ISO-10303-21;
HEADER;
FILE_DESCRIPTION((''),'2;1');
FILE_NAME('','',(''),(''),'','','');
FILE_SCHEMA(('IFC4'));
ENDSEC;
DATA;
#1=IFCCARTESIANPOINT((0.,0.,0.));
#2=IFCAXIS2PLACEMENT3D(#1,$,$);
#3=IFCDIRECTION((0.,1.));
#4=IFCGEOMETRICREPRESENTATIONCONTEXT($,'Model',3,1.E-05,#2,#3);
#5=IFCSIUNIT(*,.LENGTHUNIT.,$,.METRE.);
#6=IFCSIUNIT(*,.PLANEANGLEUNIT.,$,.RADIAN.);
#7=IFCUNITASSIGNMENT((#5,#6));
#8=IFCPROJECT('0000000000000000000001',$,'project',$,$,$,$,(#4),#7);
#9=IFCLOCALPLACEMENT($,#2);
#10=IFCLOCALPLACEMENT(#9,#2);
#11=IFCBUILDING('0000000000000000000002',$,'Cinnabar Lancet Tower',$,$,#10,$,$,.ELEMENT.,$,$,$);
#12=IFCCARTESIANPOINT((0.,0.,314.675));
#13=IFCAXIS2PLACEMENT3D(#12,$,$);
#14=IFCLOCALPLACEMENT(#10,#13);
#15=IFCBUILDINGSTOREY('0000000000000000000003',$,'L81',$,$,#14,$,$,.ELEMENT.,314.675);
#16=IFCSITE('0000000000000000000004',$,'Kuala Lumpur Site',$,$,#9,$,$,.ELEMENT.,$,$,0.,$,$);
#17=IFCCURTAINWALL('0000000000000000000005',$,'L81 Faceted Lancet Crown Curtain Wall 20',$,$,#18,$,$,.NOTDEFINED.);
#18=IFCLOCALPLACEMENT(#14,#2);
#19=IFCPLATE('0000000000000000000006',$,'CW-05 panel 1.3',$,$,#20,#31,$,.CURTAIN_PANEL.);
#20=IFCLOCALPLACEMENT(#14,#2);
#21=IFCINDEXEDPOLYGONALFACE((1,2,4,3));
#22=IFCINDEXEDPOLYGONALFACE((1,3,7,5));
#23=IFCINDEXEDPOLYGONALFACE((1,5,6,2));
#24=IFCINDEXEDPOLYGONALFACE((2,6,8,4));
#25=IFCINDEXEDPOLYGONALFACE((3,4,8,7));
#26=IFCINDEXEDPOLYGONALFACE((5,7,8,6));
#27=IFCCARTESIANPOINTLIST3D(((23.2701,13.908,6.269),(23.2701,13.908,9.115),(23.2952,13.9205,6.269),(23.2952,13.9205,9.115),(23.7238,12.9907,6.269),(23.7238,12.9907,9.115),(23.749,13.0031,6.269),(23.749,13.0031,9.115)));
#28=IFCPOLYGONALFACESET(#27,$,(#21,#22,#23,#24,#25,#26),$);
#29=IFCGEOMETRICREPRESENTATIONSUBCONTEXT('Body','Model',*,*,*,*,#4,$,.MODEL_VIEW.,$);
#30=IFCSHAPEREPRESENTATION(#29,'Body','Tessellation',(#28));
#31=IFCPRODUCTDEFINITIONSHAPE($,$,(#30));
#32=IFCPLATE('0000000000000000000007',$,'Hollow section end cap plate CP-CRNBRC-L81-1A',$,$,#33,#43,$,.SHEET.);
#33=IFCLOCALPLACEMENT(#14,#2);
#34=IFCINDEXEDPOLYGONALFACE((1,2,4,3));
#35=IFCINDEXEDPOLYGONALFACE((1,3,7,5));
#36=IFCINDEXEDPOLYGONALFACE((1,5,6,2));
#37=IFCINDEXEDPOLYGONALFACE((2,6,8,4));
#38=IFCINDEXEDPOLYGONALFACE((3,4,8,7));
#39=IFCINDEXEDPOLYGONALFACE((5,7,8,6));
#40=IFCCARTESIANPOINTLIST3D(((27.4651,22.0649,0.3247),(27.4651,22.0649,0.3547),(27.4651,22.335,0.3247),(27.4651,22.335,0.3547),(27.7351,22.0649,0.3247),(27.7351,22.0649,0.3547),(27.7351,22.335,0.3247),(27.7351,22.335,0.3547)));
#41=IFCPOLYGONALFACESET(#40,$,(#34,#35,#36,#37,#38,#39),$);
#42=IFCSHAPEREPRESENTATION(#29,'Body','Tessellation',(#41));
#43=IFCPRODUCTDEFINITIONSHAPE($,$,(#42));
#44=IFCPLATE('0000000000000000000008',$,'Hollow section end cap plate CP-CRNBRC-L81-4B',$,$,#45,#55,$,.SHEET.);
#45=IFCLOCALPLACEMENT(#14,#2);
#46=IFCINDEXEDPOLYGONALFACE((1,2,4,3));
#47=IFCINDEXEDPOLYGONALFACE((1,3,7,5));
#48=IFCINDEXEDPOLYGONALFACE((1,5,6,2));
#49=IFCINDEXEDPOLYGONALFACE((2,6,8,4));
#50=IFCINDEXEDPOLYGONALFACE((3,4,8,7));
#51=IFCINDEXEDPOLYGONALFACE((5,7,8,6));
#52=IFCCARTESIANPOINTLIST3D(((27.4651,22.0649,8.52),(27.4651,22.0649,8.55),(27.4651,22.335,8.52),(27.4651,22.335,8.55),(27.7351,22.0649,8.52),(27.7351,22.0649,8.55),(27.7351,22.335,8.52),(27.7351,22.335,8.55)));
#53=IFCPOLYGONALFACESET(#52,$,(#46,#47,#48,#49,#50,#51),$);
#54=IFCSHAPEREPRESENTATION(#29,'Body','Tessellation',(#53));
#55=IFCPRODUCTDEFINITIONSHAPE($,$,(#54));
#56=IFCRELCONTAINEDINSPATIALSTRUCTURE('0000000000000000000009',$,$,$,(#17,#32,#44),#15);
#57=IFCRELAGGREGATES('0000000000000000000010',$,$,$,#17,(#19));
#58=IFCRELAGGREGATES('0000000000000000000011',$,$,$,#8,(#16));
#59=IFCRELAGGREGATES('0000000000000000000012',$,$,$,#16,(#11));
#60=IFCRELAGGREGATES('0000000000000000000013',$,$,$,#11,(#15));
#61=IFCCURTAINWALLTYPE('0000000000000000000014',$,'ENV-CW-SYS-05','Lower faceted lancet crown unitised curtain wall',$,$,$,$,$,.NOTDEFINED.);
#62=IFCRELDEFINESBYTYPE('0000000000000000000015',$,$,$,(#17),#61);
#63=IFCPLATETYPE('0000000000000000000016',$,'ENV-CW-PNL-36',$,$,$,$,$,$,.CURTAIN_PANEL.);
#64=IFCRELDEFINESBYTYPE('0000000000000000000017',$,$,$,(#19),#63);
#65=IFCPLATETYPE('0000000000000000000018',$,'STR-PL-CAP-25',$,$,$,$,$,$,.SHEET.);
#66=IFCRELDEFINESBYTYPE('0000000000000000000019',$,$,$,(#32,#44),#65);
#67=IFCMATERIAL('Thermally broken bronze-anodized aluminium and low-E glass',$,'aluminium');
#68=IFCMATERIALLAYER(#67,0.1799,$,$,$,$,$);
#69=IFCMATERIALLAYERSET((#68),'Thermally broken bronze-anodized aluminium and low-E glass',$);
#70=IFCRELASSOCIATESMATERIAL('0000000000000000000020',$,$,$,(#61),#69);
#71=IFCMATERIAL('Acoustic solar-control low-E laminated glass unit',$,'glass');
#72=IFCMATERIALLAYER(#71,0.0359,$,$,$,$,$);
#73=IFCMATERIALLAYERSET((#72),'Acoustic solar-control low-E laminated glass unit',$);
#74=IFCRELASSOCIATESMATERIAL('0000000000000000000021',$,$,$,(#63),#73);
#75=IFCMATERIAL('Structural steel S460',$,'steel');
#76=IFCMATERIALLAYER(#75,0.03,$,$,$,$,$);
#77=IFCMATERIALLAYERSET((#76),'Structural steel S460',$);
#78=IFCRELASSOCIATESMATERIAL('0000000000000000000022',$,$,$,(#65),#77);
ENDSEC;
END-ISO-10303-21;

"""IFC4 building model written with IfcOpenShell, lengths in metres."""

from ifc_helpers import new_model, si_unit, direction, frame, origin, origin_2d, place, context, subcontext, project, spatial, rectangle, extrude, material, layer, layer_set, type_object, element, aggregate, save


model = new_model("IFC4")

# Units and contexts
model_context = context("Model", 3, precision=1e-05, world=origin(), true_north=direction((0.0, 1.0)))
body_context = subcontext(model_context, "Body", "Model", "MODEL_VIEW")
ifc_project = project(units=[si_unit("LENGTHUNIT", "METRE"), si_unit("PLANEANGLEUNIT", "RADIAN")], contexts=[model_context])

# Site, building, storey
site_placement = place(None, origin())
site = spatial("IfcSite", under=ifc_project, at=site_placement, Name="Kuala Lumpur Site", CompositionType="ELEMENT", RefElevation=0.0)
building_placement = place(site_placement, origin())
building = spatial("IfcBuilding", under=site, at=building_placement, Name="Cinnabar Lancet Tower", CompositionType="ELEMENT")
storey_placement = place(building_placement, frame((0.0, 0.0, 314.675)))
storey = spatial("IfcBuildingStorey", under=building, at=storey_placement, Name="L81", CompositionType="ELEMENT", Elevation=314.675)

# Curtain wall
ifc_material_1 = material(Name="Thermally broken bronze-anodized aluminium and low-E glass", Category="aluminium")
ifc_layer_1 = layer(ifc_material_1, 0.1799)
ifc_layer_set_1 = layer_set([ifc_layer_1], Name="Thermally broken bronze-anodized aluminium and low-E glass")
curtain_wall_type = type_object("IfcCurtainWallType", Name="ENV-CW-SYS-05", Description="Lower faceted lancet crown unitised curtain wall", PredefinedType="NOTDEFINED", material=ifc_layer_set_1)
curtain_wall_1_placement = place(storey_placement, origin())
curtain_wall_1 = element("IfcCurtainWall", 1, at=curtain_wall_1_placement, inside=storey, type_object=curtain_wall_type, Name="L81 Faceted Lancet Crown Curtain Wall 20", PredefinedType="NOTDEFINED")

# Plate
ifc_material_2 = material(Name="Acoustic solar-control low-E laminated glass unit", Category="glass")
ifc_layer_2 = layer(ifc_material_2, 0.0359)
ifc_layer_set_2 = layer_set([ifc_layer_2], Name="Acoustic solar-control low-E laminated glass unit")
plate_type_1 = type_object("IfcPlateType", Name="ENV-CW-PNL-36", PredefinedType="CURTAIN_PANEL", material=ifc_layer_set_2)
plate_1_placement = place(storey_placement, frame((23.5095, 13.4556, 6.269), z_axis=(0.0, 0.0, 1.0), x_axis=(0.443362, -0.896343, 0.0)))
plate_1 = element("IfcPlate", 2, at=plate_1_placement, type_object=plate_type_1, Name="CW-05 panel 1.3", PredefinedType="CURTAIN_PANEL", context=body_context, shape_type="SweptSolid", body=[
    extrude(rectangle(XDim=1.0234, YDim=0.0281, at=origin_2d()), origin(), (0.0, 0.0, 1.0), 2.8459),
])
aggregate(curtain_wall_1, [plate_1])

# Plates
ifc_material_3 = material(Name="Structural steel S460", Category="steel")
ifc_layer_3 = layer(ifc_material_3, 0.03)
ifc_layer_set_3 = layer_set([ifc_layer_3], Name="Structural steel S460")
plate_type_2 = type_object("IfcPlateType", Name="STR-PL-CAP-25", PredefinedType="SHEET", material=ifc_layer_set_3)
for number, where, z_axis, x_axis, name in (
    (3, (27.6001, 22.2, 0.3247), (0.0, 0.0, 1.0), (-1.0, 0.0, 0.0), "Hollow section end cap plate CP-CRNBRC-L81-1A"),
    (4, (27.6001, 22.2, 8.52), (0.0, 0.0, 1.0), (0.0, -1.0, 0.0), "Hollow section end cap plate CP-CRNBRC-L81-4B"),
):
    element("IfcPlate", number, at=place(storey_placement, frame(where, z_axis=z_axis, x_axis=x_axis)), inside=storey, type_object=plate_type_2, Name=name, PredefinedType="SHEET", context=body_context, shape_type="SweptSolid", body=[
        extrude(rectangle(XDim=0.27, YDim=0.27, at=origin_2d()), origin(), (0.0, 0.0, 1.0), 0.03),
    ])

save(model, "model.ifc")
